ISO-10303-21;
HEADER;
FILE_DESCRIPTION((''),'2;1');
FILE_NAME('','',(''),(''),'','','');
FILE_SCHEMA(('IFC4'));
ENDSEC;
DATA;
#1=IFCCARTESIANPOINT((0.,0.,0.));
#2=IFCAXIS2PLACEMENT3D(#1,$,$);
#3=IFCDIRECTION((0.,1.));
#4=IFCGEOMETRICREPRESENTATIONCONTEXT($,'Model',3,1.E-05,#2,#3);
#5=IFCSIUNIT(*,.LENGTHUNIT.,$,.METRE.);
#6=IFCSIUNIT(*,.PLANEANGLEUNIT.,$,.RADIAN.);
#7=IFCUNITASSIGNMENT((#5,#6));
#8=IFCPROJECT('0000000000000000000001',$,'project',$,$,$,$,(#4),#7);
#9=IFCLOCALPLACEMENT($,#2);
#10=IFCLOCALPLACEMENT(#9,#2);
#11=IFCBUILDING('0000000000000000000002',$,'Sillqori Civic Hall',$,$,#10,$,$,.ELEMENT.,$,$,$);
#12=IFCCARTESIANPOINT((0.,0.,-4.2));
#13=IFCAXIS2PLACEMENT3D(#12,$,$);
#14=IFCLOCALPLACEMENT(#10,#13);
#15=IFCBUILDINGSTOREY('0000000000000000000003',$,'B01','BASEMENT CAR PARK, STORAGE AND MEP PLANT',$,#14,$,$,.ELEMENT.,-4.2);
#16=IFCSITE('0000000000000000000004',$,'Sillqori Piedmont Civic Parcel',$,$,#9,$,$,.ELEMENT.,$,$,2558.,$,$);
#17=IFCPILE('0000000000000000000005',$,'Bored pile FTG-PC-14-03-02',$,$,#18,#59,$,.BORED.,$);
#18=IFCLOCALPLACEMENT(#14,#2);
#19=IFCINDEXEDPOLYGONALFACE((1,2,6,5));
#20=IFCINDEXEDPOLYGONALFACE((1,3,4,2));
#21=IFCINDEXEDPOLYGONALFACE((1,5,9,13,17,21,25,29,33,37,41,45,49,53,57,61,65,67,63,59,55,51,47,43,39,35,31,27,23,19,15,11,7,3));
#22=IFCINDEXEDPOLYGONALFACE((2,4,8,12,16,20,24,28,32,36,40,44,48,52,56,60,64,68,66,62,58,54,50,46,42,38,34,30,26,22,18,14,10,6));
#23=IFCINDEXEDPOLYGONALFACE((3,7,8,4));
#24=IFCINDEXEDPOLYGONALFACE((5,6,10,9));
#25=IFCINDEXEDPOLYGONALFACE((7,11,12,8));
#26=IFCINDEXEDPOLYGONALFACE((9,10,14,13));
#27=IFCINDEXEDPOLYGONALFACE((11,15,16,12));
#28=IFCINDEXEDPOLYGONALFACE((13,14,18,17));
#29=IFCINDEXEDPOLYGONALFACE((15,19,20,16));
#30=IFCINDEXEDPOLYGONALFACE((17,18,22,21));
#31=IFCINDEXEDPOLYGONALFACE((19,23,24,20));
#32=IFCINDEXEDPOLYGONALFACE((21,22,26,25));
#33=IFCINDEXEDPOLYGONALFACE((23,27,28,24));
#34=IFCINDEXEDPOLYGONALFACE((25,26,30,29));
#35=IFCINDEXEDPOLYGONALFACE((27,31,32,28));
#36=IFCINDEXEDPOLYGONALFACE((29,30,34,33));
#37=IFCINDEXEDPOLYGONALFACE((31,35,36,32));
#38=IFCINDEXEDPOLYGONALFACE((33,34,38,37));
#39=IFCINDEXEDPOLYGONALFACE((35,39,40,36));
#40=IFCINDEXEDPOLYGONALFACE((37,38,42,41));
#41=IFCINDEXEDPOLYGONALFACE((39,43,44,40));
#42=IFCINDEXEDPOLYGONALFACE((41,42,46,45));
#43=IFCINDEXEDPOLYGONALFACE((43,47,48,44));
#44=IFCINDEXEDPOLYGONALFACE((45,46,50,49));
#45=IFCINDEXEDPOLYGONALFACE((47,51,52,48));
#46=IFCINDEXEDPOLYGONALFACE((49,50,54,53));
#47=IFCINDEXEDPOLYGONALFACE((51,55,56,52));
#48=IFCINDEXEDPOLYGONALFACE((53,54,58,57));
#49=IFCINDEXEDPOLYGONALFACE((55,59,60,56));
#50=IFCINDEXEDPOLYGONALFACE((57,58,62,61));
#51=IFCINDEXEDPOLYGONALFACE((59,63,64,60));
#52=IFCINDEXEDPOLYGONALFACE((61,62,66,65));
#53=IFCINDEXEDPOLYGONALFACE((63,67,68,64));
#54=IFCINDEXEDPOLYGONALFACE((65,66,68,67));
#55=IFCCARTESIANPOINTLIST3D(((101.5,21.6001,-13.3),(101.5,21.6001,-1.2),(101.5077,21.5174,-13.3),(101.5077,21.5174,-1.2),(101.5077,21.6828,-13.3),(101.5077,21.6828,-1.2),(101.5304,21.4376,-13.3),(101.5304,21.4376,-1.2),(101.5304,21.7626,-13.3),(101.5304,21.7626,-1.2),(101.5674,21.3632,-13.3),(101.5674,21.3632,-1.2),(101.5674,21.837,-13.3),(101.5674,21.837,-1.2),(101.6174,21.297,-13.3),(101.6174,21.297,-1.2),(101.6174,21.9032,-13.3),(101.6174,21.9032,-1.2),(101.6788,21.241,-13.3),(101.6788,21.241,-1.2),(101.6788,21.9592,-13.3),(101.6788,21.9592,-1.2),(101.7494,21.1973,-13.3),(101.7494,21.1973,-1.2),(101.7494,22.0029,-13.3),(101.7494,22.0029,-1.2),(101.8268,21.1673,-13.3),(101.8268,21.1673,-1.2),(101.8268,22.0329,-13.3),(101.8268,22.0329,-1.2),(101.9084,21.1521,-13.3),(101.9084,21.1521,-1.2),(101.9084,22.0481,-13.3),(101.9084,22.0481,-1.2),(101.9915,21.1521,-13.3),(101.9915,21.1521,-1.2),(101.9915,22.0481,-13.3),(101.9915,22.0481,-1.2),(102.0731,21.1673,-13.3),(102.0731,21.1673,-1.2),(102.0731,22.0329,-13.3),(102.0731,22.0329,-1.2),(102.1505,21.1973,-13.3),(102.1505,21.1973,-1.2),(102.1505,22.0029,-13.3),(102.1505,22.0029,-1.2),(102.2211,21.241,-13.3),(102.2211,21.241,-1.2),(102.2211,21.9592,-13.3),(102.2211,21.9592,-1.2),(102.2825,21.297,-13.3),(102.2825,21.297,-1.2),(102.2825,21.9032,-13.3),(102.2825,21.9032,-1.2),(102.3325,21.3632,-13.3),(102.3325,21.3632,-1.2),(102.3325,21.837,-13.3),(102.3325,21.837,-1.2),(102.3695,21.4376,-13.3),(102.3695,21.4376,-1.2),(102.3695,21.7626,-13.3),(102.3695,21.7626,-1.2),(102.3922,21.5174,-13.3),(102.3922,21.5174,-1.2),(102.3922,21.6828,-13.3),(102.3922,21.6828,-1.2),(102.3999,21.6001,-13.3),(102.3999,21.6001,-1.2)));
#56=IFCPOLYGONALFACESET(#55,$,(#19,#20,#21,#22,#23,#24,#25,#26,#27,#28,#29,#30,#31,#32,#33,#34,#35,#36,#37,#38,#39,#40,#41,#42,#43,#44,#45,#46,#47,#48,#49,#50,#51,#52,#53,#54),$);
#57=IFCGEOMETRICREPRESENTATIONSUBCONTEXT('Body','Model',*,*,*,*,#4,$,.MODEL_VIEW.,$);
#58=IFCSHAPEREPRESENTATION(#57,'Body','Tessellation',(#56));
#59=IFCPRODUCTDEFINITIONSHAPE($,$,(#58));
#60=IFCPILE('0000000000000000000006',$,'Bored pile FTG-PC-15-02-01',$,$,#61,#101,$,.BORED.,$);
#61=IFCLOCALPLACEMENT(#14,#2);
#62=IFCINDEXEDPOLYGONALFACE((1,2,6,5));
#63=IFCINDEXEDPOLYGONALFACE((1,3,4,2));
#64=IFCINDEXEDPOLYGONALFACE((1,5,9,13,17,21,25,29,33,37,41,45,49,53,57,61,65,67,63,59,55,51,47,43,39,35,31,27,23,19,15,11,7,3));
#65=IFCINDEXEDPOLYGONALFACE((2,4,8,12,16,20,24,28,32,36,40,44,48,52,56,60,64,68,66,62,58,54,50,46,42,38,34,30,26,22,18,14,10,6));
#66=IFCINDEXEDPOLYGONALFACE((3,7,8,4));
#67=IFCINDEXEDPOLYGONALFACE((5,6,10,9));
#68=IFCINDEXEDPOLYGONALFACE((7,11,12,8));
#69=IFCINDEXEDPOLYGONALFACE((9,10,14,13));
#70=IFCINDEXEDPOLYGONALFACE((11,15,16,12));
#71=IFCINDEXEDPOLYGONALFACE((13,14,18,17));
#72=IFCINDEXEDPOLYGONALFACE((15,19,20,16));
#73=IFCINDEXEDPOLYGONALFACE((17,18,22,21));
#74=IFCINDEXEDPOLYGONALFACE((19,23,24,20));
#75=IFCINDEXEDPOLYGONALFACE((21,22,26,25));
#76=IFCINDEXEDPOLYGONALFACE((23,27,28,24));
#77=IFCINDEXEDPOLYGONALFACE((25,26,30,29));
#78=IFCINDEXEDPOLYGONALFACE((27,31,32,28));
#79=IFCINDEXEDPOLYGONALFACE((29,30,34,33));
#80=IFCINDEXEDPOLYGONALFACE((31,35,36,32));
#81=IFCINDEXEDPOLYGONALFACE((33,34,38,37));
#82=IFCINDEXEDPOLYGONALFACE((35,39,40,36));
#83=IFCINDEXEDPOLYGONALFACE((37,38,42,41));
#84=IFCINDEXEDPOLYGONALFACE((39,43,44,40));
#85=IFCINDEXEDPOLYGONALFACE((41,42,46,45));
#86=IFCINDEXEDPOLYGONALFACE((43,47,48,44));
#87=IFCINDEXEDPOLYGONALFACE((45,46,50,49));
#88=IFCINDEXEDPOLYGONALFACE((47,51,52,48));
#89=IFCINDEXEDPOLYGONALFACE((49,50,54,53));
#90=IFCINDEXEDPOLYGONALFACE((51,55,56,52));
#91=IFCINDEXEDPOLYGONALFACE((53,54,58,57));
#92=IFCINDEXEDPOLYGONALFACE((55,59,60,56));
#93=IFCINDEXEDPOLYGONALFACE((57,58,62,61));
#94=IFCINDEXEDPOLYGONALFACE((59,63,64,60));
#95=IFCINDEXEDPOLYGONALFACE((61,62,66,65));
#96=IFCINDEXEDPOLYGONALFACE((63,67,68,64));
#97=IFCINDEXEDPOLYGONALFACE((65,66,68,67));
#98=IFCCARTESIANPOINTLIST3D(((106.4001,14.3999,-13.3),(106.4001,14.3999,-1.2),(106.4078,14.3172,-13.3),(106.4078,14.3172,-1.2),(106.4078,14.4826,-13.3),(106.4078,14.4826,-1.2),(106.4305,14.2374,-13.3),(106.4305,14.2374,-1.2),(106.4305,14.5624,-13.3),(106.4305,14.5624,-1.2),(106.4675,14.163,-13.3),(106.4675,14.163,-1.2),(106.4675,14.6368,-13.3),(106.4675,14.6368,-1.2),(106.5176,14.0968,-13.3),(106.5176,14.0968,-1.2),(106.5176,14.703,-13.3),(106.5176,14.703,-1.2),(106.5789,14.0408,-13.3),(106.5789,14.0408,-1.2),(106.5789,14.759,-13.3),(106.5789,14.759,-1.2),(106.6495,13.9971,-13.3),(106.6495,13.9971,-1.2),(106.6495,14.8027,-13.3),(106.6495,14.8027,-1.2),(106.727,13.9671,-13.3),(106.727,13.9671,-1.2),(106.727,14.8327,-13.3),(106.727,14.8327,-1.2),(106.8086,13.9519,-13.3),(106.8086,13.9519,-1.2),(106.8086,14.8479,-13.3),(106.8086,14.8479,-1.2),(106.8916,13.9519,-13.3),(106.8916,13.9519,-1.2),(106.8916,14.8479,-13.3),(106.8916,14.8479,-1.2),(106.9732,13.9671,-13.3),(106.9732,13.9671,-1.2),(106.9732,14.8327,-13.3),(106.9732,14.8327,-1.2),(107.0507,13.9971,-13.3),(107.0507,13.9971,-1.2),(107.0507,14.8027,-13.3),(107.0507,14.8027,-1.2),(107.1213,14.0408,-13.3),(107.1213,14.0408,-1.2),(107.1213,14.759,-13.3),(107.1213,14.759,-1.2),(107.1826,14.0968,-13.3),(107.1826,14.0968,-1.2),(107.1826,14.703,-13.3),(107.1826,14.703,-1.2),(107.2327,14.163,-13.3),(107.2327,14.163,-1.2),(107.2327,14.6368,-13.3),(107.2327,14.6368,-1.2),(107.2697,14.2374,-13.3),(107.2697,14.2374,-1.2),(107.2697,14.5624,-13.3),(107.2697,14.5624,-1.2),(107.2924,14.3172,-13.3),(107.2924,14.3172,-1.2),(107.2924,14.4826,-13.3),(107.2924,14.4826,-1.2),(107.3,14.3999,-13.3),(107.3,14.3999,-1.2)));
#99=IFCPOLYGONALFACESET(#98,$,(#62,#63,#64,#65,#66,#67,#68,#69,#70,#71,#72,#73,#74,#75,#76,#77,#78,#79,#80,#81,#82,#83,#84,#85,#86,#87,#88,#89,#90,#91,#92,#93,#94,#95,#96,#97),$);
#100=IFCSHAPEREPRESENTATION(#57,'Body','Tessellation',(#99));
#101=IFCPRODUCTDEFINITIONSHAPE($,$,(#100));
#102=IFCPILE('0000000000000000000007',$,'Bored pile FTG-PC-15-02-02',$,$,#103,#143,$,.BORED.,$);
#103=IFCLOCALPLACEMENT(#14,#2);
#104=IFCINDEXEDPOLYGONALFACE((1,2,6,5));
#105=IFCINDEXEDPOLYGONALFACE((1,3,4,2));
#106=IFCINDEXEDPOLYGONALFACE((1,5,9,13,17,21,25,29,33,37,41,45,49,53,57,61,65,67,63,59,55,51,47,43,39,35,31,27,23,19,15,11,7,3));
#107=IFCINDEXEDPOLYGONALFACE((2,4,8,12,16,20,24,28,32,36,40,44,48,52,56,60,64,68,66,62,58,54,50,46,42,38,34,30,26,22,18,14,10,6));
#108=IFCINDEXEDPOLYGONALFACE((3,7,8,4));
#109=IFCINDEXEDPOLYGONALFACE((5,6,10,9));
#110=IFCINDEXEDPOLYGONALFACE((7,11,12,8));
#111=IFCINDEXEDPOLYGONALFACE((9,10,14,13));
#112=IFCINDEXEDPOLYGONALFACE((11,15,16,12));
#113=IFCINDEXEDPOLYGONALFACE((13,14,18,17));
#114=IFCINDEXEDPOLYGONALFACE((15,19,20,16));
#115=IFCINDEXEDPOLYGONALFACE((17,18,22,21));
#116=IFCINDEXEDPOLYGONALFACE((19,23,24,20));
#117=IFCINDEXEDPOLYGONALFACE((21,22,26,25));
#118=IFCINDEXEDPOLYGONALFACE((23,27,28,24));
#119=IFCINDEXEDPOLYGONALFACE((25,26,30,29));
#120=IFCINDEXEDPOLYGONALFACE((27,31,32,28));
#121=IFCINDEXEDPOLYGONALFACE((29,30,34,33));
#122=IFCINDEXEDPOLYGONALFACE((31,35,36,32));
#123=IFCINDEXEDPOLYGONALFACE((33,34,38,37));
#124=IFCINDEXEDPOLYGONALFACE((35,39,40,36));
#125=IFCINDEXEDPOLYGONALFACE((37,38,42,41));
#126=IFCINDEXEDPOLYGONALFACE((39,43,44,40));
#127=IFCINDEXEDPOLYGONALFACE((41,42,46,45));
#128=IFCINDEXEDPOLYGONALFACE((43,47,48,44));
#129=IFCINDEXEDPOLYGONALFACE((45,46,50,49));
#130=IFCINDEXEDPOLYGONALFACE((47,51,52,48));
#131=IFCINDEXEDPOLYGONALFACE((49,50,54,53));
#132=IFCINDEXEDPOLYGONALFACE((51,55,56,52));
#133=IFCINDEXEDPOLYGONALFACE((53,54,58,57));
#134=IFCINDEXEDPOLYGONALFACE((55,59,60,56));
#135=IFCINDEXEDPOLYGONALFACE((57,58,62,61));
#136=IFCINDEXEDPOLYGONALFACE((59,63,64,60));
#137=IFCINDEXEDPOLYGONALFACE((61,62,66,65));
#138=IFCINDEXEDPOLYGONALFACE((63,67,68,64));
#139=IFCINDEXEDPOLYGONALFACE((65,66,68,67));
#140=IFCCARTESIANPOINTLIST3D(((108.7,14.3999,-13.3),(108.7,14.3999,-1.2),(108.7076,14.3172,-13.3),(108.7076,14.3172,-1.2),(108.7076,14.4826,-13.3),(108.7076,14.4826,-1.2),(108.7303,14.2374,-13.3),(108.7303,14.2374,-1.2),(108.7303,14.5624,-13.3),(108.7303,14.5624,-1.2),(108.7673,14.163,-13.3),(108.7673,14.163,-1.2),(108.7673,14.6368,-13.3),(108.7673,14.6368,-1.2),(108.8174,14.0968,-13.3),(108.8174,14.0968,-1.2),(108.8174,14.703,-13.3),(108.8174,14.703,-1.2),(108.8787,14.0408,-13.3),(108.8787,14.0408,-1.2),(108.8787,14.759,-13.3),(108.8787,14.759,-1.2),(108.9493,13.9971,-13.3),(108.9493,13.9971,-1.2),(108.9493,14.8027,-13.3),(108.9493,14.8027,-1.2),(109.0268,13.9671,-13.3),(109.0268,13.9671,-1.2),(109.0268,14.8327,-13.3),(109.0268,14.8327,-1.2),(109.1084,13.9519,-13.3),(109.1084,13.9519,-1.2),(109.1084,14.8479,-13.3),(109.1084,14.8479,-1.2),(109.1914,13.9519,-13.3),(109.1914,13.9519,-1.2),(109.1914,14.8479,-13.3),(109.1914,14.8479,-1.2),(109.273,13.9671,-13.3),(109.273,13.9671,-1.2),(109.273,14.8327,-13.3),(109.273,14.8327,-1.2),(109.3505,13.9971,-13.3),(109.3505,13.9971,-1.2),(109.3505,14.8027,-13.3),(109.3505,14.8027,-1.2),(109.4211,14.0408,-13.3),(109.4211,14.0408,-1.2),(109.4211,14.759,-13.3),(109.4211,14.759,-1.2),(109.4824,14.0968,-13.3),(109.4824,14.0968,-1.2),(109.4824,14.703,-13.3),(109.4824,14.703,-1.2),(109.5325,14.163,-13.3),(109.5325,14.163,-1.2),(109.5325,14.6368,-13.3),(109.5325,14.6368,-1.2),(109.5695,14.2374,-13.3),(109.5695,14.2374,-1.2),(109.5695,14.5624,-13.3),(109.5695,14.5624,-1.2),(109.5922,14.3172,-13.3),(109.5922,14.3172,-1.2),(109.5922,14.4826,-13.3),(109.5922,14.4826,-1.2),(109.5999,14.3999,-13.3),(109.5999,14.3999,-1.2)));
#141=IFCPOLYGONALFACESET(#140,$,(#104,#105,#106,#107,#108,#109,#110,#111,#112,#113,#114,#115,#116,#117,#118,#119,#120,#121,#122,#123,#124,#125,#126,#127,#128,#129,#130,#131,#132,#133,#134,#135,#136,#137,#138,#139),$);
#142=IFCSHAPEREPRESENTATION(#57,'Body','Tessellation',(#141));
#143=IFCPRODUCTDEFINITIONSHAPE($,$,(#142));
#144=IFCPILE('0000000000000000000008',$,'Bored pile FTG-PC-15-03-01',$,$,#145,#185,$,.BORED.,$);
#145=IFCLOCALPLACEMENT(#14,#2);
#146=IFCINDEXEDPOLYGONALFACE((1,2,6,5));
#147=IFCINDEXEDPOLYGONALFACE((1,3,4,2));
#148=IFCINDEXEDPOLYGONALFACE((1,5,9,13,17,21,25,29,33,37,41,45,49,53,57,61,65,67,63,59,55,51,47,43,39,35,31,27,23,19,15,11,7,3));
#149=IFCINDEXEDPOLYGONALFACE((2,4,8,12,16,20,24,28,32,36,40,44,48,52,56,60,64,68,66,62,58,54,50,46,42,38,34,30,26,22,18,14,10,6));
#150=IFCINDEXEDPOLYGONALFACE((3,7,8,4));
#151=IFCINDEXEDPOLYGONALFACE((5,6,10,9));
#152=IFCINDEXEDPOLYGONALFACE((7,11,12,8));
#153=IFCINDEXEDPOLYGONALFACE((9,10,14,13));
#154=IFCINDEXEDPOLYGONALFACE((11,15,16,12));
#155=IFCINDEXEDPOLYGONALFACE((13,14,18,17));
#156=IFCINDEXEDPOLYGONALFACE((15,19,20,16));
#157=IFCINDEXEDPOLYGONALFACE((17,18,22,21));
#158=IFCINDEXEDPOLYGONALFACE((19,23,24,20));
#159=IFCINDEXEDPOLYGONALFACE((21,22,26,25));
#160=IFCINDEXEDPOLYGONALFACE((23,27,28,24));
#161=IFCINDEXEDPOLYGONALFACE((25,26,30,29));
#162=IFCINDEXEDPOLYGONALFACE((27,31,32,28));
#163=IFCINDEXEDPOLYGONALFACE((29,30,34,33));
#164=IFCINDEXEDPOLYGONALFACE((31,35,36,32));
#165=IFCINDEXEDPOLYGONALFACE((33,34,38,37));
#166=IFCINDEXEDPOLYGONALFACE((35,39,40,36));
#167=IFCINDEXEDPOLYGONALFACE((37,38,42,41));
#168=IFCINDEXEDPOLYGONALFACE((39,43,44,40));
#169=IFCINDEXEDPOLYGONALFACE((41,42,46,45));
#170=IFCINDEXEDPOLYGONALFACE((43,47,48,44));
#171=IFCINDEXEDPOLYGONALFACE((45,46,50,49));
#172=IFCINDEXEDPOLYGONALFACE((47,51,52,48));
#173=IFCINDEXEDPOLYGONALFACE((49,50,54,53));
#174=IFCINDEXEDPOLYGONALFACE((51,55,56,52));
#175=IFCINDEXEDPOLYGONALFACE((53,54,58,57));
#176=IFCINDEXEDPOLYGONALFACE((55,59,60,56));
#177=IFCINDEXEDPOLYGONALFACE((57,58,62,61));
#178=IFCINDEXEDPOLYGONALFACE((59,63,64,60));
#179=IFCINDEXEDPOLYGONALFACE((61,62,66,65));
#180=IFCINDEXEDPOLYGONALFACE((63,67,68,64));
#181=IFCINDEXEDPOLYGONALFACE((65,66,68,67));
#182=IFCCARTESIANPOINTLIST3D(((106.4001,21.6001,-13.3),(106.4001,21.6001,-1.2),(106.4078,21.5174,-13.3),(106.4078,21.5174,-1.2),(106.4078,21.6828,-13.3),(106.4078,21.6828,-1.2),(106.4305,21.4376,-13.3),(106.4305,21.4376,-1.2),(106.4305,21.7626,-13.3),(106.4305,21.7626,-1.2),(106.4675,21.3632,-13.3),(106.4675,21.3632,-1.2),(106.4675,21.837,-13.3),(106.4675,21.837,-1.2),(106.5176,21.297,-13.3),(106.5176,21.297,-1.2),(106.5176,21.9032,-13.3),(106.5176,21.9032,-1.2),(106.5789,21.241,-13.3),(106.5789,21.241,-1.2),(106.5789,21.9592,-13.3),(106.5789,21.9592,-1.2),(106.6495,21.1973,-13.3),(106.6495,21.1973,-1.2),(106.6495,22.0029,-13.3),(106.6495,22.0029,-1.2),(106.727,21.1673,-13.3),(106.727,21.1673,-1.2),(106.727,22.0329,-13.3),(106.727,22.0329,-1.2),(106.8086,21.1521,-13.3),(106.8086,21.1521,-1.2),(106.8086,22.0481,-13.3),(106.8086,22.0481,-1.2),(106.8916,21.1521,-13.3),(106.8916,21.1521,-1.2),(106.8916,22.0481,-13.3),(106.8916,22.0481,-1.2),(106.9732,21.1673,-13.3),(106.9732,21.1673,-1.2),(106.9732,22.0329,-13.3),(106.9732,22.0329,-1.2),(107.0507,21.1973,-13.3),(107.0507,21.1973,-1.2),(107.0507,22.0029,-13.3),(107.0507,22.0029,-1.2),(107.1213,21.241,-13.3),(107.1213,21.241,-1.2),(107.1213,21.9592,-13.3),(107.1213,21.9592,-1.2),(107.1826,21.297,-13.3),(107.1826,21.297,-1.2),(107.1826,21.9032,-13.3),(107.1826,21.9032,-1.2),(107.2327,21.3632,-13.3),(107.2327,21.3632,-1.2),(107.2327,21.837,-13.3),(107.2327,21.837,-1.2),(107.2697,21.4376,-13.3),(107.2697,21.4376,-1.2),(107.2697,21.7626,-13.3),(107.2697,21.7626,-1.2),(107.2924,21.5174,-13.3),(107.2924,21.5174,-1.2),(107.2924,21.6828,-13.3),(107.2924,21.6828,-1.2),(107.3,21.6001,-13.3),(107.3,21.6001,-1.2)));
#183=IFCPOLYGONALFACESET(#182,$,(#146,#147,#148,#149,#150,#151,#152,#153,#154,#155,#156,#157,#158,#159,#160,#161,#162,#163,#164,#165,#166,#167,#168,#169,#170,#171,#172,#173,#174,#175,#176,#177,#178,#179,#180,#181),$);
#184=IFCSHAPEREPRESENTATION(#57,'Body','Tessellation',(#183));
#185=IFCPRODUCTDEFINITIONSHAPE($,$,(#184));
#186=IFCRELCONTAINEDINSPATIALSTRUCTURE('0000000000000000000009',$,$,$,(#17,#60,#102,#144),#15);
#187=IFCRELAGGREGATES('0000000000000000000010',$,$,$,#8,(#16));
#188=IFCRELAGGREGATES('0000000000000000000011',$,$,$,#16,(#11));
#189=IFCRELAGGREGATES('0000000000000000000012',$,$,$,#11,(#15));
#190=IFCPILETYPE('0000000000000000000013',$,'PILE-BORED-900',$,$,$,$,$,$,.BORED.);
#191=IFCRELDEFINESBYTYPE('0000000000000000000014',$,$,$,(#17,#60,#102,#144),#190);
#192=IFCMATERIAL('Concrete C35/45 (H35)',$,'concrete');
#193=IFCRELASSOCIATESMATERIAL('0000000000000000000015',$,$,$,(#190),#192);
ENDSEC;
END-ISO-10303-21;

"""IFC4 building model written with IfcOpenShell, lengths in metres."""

from ifc_helpers import new_model, si_unit, direction, frame, origin, origin_2d, place, context, subcontext, project, spatial, circle, extrude, material, material_profile, profile_set, type_object, element, save


model = new_model("IFC4")

# Units and contexts
model_context = context("Model", 3, precision=1e-05, world=origin(), true_north=direction((0.0, 1.0)))
body_context = subcontext(model_context, "Body", "Model", "MODEL_VIEW")
ifc_project = project(units=[si_unit("LENGTHUNIT", "METRE"), si_unit("PLANEANGLEUNIT", "RADIAN")], contexts=[model_context])

# Site, building, storey
site_placement = place(None, origin())
site = spatial("IfcSite", under=ifc_project, at=site_placement, Name="Sillqori Piedmont Civic Parcel", CompositionType="ELEMENT", RefElevation=2558.0)
building_placement = place(site_placement, origin())
building = spatial("IfcBuilding", under=site, at=building_placement, Name="Sillqori Civic Hall", CompositionType="ELEMENT")
storey_placement = place(building_placement, frame((0.0, 0.0, -4.2)))
storey = spatial("IfcBuildingStorey", under=building, at=storey_placement, Name="B01", Description="BASEMENT CAR PARK, STORAGE AND MEP PLANT", CompositionType="ELEMENT", Elevation=-4.2)

# Shared definitions
ifc_material = material(Name="Concrete C35/45 (H35)", Category="concrete")

# Piles
ifc_material_profile_1 = material_profile(ifc_material, circle(Radius=0.45, at=origin_2d()), Name="BORED PILE 900")
ifc_profile_set_1 = profile_set([ifc_material_profile_1], Name="Concrete C35/45 (H35)")
pile_type = type_object("IfcPileType", Name="PILE-BORED-900", PredefinedType="BORED", material=ifc_profile_set_1)
for number, where, z_axis, x_axis, name in (
    (1, (101.95, 21.6001, -1.2), (0.0, 0.0, -1.0), (1.0, 0.0, 0.0), "Bored pile FTG-PC-14-03-02"),
    (2, (106.8501, 14.3999, -1.2), (0.0, 0.0, -1.0), (1.0, 0.0, 0.0), "Bored pile FTG-PC-15-02-01"),
    (3, (109.1499, 14.3999, -1.2), (0.0, 0.0, -1.0), (1.0, 0.0, 0.0), "Bored pile FTG-PC-15-02-02"),
    (4, (106.8501, 21.6001, -1.2), (0.0, 0.0, -1.0), (1.0, 0.0, 0.0), "Bored pile FTG-PC-15-03-01"),
):
    element("IfcPile", number, at=place(storey_placement, frame(where, z_axis=z_axis, x_axis=x_axis)), inside=storey, type_object=pile_type, Name=name, PredefinedType="BORED", context=body_context, shape_type="SweptSolid", body=[
        extrude(circle(Radius=0.45, at=origin_2d()), origin(), (0.0, 0.0, 1.0), 12.1001),
    ])

save(model, "model.ifc")
